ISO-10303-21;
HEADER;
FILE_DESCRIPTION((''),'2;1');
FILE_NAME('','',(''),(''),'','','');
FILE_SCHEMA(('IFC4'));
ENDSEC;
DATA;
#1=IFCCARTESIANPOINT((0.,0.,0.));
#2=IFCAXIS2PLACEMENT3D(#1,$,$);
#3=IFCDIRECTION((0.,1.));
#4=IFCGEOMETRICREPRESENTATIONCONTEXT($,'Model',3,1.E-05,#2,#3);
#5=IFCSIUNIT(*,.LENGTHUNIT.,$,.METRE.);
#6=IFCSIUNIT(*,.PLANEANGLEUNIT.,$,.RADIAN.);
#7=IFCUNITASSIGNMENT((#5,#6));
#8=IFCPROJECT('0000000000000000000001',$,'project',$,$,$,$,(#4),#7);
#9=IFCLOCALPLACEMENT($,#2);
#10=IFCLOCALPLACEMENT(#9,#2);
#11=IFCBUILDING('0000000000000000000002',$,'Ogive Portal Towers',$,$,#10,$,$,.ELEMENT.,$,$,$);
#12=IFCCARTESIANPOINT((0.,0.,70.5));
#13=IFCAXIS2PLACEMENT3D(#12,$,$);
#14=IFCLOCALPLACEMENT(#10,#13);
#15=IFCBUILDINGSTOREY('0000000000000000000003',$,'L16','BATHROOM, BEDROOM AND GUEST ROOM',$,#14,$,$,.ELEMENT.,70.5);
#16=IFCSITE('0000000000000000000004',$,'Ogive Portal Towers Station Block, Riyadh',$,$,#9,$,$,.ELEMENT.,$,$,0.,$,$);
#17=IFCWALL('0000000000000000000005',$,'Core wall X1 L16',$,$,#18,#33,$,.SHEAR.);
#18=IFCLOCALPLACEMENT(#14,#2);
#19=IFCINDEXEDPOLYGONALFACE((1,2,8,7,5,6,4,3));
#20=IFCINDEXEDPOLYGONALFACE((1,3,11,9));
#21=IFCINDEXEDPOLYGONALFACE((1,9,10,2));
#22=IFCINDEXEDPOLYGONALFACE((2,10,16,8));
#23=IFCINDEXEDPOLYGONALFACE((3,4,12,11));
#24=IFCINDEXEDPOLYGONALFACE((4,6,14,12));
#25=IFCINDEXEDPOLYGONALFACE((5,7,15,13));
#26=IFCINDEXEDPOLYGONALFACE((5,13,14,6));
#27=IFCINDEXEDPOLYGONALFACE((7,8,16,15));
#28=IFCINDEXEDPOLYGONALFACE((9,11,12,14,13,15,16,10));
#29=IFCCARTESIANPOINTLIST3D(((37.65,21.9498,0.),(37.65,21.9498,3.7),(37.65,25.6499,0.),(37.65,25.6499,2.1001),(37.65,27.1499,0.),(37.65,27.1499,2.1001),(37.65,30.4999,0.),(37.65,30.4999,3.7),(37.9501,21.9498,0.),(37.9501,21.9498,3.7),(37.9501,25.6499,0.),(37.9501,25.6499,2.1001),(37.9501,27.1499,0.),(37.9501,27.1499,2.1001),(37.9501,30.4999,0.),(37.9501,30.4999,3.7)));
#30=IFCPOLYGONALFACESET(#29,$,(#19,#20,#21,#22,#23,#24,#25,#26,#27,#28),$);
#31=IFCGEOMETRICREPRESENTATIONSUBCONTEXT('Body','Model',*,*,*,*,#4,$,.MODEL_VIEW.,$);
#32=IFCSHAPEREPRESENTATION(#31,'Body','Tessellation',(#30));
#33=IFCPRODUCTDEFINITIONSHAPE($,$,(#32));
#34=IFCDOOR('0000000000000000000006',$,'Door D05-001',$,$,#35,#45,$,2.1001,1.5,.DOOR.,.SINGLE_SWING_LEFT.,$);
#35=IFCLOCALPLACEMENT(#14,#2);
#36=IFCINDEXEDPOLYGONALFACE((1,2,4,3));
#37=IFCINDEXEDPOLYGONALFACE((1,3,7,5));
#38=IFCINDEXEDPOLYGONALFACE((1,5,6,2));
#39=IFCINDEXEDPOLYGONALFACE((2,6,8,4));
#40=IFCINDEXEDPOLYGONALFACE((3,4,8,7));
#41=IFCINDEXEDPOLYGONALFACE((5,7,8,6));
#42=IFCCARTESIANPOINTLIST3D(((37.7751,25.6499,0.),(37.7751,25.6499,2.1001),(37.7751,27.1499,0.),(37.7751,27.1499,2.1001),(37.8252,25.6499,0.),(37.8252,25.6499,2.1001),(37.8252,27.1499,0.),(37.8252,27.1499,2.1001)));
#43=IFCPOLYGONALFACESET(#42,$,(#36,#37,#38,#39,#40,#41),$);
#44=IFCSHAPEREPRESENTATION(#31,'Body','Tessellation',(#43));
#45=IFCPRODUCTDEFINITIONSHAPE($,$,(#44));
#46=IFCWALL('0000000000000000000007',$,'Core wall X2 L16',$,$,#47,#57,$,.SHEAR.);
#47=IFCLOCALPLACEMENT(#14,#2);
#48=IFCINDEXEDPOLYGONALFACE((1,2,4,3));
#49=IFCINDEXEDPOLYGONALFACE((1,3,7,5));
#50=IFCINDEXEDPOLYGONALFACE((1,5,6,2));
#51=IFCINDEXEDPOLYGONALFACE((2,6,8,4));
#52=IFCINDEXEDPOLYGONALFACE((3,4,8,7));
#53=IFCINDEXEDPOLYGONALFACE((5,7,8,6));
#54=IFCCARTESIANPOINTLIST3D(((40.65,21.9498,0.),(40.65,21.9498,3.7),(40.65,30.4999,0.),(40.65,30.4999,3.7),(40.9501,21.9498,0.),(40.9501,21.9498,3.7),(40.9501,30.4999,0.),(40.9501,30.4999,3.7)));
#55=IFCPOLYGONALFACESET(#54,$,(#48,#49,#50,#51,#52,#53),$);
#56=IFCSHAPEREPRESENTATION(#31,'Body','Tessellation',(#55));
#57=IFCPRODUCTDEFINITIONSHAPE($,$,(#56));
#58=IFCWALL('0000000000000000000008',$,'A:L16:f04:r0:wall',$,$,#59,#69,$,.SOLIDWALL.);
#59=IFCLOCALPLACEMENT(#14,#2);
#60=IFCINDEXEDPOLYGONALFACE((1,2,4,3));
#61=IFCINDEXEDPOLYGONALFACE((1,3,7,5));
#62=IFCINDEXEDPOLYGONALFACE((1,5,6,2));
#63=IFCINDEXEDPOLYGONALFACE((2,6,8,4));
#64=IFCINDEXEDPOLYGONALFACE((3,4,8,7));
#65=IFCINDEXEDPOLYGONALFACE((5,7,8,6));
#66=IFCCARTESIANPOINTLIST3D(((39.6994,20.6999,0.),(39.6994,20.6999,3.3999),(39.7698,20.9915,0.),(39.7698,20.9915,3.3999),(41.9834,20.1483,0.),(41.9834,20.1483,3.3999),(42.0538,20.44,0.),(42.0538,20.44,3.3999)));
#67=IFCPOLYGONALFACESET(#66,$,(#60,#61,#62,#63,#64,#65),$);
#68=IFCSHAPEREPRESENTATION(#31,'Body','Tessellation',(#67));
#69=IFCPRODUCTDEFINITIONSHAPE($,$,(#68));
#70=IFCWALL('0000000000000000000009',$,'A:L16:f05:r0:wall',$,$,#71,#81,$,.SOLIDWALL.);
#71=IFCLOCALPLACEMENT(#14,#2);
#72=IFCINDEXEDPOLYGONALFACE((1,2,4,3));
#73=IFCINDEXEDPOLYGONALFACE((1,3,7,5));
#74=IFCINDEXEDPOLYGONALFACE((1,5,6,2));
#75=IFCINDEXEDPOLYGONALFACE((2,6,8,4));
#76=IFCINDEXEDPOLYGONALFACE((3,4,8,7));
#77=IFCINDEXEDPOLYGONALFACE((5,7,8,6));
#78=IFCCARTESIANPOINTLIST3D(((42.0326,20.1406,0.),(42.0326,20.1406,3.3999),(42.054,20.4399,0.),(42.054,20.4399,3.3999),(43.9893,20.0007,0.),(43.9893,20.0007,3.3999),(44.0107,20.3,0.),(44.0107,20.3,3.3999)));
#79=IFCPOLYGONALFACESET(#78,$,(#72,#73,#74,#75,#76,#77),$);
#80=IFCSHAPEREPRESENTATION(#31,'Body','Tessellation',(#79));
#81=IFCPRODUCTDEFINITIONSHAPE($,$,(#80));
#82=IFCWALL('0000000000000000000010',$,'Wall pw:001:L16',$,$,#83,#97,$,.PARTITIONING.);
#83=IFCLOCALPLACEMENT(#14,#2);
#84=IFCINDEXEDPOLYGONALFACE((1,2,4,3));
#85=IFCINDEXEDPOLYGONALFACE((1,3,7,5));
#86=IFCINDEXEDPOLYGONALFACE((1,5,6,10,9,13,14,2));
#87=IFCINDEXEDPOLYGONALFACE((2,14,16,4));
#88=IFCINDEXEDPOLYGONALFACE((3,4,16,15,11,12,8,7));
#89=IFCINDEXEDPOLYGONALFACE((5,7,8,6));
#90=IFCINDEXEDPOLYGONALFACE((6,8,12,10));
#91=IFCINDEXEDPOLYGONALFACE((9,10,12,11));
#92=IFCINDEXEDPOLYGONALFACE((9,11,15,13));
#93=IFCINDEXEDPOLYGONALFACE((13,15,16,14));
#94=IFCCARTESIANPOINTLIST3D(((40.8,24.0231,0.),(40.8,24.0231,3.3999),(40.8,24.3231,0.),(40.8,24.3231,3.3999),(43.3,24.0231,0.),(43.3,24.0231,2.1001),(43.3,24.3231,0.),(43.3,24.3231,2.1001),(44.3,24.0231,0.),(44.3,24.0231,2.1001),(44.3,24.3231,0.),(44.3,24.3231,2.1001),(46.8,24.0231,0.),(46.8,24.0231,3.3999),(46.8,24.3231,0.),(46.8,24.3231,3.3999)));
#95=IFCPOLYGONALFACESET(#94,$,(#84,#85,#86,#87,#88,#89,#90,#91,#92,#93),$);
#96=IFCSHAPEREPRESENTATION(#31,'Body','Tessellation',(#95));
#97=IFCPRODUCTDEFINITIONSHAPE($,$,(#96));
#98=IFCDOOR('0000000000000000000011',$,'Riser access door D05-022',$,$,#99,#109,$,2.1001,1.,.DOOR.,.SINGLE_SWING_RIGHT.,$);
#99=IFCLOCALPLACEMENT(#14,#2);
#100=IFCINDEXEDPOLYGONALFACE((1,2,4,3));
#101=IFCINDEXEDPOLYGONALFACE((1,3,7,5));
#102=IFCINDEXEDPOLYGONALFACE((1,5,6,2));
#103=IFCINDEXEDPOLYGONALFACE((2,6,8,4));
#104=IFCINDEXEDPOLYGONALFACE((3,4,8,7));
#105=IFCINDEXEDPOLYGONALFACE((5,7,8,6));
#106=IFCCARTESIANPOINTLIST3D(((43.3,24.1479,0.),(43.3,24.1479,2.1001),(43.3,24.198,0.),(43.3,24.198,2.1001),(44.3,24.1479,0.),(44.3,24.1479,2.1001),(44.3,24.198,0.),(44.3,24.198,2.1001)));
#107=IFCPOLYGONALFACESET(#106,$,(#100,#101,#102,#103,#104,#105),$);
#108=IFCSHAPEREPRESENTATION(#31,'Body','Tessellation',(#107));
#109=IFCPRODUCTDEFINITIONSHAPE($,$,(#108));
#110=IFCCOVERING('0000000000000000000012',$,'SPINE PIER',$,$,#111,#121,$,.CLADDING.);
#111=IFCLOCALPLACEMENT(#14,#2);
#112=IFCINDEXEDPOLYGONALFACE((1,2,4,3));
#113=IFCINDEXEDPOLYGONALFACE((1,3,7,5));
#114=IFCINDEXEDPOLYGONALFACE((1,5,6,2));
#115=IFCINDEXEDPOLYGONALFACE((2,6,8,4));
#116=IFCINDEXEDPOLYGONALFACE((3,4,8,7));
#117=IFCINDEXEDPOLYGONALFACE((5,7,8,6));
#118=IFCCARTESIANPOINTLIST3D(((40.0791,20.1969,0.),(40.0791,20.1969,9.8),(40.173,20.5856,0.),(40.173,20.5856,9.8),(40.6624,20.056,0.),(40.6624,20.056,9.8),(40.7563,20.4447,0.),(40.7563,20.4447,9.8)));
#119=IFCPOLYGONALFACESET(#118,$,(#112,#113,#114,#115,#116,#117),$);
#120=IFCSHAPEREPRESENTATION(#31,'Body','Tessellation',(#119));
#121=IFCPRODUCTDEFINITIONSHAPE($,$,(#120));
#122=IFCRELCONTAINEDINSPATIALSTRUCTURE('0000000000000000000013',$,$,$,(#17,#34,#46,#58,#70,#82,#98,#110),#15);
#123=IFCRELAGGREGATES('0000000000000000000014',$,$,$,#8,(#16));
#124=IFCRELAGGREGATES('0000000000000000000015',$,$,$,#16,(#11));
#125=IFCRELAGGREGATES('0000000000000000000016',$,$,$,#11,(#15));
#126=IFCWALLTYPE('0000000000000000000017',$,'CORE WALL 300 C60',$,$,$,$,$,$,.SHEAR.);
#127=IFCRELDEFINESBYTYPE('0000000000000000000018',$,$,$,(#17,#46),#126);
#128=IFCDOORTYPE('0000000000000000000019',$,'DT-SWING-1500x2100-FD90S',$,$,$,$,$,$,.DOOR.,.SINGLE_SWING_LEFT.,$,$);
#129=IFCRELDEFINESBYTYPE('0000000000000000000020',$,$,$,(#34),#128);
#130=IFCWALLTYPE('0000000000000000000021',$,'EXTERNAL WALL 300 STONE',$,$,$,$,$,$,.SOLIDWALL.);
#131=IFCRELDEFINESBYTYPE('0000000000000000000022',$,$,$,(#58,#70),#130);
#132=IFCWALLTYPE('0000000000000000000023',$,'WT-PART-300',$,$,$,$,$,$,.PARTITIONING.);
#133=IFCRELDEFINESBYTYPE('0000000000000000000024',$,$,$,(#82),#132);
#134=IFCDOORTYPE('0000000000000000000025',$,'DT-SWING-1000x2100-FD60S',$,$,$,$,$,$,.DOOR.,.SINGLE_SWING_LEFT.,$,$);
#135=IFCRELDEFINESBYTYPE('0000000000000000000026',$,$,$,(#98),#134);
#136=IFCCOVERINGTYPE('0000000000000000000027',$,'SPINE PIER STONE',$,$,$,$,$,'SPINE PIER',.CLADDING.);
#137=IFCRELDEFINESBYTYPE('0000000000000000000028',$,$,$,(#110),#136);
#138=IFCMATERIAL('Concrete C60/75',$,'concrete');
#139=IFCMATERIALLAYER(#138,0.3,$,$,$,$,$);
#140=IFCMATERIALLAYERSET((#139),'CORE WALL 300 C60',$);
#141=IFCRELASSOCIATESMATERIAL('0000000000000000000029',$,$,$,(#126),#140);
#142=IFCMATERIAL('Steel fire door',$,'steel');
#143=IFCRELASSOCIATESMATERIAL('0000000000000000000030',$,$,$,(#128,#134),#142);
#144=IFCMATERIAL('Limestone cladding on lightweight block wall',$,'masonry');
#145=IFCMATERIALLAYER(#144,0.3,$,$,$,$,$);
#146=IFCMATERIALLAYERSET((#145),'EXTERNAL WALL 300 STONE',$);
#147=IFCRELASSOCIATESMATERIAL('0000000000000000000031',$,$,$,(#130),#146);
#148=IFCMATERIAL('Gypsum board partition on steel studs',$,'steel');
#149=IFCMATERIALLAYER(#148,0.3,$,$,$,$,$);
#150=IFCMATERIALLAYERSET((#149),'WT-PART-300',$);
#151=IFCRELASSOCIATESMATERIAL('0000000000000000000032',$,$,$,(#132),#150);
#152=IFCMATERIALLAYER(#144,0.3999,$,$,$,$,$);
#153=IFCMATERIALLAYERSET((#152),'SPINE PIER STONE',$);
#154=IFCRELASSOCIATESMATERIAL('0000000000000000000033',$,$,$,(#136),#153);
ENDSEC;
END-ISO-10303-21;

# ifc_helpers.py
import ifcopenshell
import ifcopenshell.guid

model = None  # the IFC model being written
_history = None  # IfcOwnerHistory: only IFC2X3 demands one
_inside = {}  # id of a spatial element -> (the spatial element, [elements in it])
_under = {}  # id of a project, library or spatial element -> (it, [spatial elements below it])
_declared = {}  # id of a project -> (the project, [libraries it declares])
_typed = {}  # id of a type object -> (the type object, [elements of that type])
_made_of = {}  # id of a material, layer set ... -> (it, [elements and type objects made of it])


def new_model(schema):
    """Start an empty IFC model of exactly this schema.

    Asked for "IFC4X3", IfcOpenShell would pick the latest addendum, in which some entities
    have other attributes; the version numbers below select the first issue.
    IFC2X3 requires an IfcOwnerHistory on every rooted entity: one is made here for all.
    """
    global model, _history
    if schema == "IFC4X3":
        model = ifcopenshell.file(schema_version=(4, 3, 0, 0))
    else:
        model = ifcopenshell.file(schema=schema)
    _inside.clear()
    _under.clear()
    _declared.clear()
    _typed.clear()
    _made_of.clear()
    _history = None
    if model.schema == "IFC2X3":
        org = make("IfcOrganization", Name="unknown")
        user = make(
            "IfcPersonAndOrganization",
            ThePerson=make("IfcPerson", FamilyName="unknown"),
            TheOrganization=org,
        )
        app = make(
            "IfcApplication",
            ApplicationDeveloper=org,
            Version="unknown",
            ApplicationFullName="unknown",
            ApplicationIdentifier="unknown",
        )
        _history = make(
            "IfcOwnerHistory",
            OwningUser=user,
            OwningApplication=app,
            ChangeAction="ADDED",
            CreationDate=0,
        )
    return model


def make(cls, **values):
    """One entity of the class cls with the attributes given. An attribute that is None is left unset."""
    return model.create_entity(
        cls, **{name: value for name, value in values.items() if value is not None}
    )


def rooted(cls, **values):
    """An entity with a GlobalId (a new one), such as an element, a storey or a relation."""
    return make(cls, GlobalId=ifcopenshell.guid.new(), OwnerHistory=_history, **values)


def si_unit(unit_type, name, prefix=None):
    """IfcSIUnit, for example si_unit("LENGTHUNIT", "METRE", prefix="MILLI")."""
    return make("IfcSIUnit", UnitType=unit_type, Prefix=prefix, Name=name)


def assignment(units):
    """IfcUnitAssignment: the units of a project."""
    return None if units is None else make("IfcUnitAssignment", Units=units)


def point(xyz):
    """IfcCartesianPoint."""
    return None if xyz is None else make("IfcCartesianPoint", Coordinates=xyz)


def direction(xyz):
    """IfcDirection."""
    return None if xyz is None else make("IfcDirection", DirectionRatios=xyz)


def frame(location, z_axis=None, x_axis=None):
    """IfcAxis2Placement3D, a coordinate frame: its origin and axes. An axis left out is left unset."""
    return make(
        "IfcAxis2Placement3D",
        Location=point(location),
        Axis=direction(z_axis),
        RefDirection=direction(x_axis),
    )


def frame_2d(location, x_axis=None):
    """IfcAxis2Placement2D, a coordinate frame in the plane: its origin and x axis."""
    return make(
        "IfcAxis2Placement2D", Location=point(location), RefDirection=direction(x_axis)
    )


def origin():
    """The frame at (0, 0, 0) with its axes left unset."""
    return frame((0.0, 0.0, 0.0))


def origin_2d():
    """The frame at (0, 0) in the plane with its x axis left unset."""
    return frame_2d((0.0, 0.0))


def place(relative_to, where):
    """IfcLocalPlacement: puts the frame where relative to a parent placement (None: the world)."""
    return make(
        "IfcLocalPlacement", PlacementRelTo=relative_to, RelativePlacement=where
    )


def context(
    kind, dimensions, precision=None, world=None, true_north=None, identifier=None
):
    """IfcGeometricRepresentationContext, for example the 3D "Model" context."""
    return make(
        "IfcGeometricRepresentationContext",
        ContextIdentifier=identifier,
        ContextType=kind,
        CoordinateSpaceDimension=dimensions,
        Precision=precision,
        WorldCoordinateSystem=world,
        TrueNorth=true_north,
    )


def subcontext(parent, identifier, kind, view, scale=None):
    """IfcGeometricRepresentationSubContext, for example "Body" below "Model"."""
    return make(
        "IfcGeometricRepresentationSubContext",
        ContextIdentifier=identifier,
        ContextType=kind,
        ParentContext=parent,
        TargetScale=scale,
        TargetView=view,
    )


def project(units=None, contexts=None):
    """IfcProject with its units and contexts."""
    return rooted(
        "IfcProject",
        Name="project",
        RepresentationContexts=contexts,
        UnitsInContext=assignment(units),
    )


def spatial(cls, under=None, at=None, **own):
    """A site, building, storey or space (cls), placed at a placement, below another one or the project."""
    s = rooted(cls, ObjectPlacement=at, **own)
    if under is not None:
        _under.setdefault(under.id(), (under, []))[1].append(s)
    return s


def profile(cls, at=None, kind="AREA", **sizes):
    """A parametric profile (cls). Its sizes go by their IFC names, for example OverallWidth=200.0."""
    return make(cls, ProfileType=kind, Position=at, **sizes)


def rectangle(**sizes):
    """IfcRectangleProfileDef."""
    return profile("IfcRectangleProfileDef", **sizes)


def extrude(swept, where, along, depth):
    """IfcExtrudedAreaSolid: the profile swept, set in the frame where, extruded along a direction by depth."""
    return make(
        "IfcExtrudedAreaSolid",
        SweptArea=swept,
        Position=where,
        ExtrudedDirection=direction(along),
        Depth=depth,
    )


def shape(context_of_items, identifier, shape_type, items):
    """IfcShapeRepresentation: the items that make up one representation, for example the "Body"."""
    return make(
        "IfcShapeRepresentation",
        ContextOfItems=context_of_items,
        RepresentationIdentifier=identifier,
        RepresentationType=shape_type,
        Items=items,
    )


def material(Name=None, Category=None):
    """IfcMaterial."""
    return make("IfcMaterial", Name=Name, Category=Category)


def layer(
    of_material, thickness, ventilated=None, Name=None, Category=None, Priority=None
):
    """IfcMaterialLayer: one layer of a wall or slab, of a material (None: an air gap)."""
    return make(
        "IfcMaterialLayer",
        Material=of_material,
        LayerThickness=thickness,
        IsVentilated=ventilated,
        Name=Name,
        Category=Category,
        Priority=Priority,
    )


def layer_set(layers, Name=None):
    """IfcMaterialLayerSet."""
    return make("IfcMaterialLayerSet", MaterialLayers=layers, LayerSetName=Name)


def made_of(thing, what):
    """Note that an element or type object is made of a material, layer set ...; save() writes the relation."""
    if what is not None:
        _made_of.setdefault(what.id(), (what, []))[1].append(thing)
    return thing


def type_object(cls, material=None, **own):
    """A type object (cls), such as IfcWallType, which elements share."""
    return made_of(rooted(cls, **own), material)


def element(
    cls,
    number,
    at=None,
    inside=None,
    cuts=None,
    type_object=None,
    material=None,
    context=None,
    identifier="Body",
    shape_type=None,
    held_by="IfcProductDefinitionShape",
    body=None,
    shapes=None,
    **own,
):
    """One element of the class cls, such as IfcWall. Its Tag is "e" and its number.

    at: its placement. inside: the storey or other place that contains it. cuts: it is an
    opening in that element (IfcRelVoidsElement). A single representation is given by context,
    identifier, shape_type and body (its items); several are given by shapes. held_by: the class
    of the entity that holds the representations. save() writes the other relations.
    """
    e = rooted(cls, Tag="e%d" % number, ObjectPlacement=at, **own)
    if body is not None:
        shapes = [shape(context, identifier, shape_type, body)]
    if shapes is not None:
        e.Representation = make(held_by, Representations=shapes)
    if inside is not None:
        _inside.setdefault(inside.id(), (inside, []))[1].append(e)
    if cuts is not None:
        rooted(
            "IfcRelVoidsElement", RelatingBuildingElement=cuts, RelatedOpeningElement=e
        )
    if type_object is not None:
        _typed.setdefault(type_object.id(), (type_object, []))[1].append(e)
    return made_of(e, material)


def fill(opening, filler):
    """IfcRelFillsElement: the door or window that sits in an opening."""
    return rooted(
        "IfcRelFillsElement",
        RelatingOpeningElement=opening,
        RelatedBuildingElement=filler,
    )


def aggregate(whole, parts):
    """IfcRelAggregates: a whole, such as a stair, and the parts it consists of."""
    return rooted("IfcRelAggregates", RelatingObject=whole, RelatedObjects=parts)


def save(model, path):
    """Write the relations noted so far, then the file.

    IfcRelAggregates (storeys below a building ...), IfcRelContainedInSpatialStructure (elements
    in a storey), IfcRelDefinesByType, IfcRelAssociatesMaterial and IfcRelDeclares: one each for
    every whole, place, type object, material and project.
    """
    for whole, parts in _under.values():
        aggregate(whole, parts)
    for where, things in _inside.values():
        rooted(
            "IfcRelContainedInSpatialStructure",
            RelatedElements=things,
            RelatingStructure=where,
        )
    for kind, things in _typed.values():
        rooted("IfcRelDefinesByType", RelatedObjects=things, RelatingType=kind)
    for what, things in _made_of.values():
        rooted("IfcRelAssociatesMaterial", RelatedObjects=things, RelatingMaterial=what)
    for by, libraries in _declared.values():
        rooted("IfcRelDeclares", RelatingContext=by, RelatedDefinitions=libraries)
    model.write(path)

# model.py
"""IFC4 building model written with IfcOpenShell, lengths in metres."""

from ifc_helpers import new_model, si_unit, direction, frame, frame_2d, origin, origin_2d, place, context, subcontext, project, spatial, rectangle, extrude, material, layer, layer_set, type_object, element, fill, save


model = new_model("IFC4")

# Units and contexts
model_context = context("Model", 3, precision=1e-05, world=origin(), true_north=direction((0.0, 1.0)))
body_context = subcontext(model_context, "Body", "Model", "MODEL_VIEW")
ifc_project = project(units=[si_unit("LENGTHUNIT", "METRE"), si_unit("PLANEANGLEUNIT", "RADIAN")], contexts=[model_context])

# Site, building, storey
site_placement = place(None, origin())
site = spatial("IfcSite", under=ifc_project, at=site_placement, Name="Ogive Portal Towers Station Block, Riyadh", CompositionType="ELEMENT", RefElevation=0.0)
building_placement = place(site_placement, origin())
building = spatial("IfcBuilding", under=site, at=building_placement, Name="Ogive Portal Towers", CompositionType="ELEMENT")
storey_placement = place(building_placement, frame((0.0, 0.0, 70.5)))
storey = spatial("IfcBuildingStorey", under=building, at=storey_placement, Name="L16", Description="BATHROOM, BEDROOM AND GUEST ROOM", CompositionType="ELEMENT", Elevation=70.5)

# Wall, opening, door
ifc_material_1 = material(Name="Concrete C60/75", Category="concrete")
ifc_layer_1 = layer(ifc_material_1, 0.3)
ifc_layer_set_1 = layer_set([ifc_layer_1], Name="CORE WALL 300 C60")
wall_type_1 = type_object("IfcWallType", Name="CORE WALL 300 C60", PredefinedType="SHEAR", material=ifc_layer_set_1)
wall_1_placement = place(storey_placement, frame((37.8, 21.95, 0.0), z_axis=(0.0, 0.0, 1.0), x_axis=(0.0, 1.0, 0.0)))
wall_1 = element("IfcWall", 1, at=wall_1_placement, inside=storey, type_object=wall_type_1, Name="Core wall X1 L16", PredefinedType="SHEAR", context=body_context, shape_type="SweptSolid", body=[
    extrude(rectangle(XDim=8.55, YDim=0.3, at=frame_2d((4.2749, 0.0))), origin(), (0.0, 0.0, 1.0), 3.7),
])
opening_1_placement = place(wall_1_placement, frame((3.7, 0.0, 0.0)))
opening_1 = element("IfcOpeningElement", 2, at=opening_1_placement, cuts=wall_1, PredefinedType="OPENING", context=body_context, shape_type="SweptSolid", body=[
    extrude(rectangle(XDim=1.5, YDim=2.1001, at=frame_2d((0.75, 1.05))), frame((0.0, 0.1602, 0.0), z_axis=(0.0, -1.0, 0.0), x_axis=(1.0, 0.0, 0.0)), (0.0, 0.0, 1.0), 0.3201),
])
ifc_material_2 = material(Name="Steel fire door", Category="steel")
door_type_1 = type_object("IfcDoorType", Name="DT-SWING-1500x2100-FD90S", OperationType="SINGLE_SWING_LEFT", PredefinedType="DOOR", material=ifc_material_2)
door_1_placement = place(opening_1_placement, origin())
door_1 = element("IfcDoor", 3, at=door_1_placement, inside=storey, type_object=door_type_1, Name="Door D05-001", OperationType="SINGLE_SWING_LEFT", OverallHeight=2.1001, OverallWidth=1.5, PredefinedType="DOOR", context=body_context, shape_type="SweptSolid", body=[
    extrude(rectangle(XDim=1.5, YDim=2.1001, at=frame_2d((0.75, 1.05))), frame((0.0, 0.0249, 0.0), z_axis=(0.0, -1.0, 0.0), x_axis=(1.0, 0.0, 0.0)), (0.0, 0.0, 1.0), 0.05),
])
fill(opening_1, door_1)

# Walls
wall_2_placement = place(storey_placement, frame((40.8, 21.95, 0.0), z_axis=(0.0, 0.0, 1.0), x_axis=(0.0, 1.0, 0.0)))
element("IfcWall", 4, at=wall_2_placement, inside=storey, type_object=wall_type_1, Name="Core wall X2 L16", PredefinedType="SHEAR", context=body_context, shape_type="SweptSolid", body=[
    extrude(rectangle(XDim=8.55, YDim=0.3, at=frame_2d((4.2749, 0.0))), origin(), (0.0, 0.0, 1.0), 3.7),
])
ifc_material_3 = material(Name="Limestone cladding on lightweight block wall", Category="masonry")
ifc_layer_2 = layer(ifc_material_3, 0.3)
ifc_layer_set_2 = layer_set([ifc_layer_2], Name="EXTERNAL WALL 300 STONE")
wall_type_2 = type_object("IfcWallType", Name="EXTERNAL WALL 300 STONE", PredefinedType="SOLIDWALL", material=ifc_layer_set_2)
wall_3_placement = place(storey_placement, frame((39.7346, 20.8457, 0.0), z_axis=(0.0, 0.0, 1.0), x_axis=(0.972061, -0.234729, 0.0)))
element("IfcWall", 5, at=wall_3_placement, inside=storey, type_object=wall_type_2, Name="A:L16:f04:r0:wall", PredefinedType="SOLIDWALL", context=body_context, shape_type="SweptSolid", body=[
    extrude(rectangle(XDim=2.3496, YDim=0.3, at=frame_2d((1.1748, 0.0))), origin(), (0.0, 0.0, 1.0), 3.3999),
])
wall_4_placement = place(storey_placement, frame((42.0432, 20.2903, 0.0), z_axis=(0.0, 0.0, 1.0), x_axis=(0.997454, -0.071309, 0.0)))
element("IfcWall", 6, at=wall_4_placement, inside=storey, type_object=wall_type_2, Name="A:L16:f05:r0:wall", PredefinedType="SOLIDWALL", context=body_context, shape_type="SweptSolid", body=[
    extrude(rectangle(XDim=1.9617, YDim=0.3, at=frame_2d((0.981, 0.0))), origin(), (0.0, 0.0, 1.0), 3.3999),
])

# Wall, opening, door
ifc_material_4 = material(Name="Gypsum board partition on steel studs", Category="steel")
ifc_layer_3 = layer(ifc_material_4, 0.3)
ifc_layer_set_3 = layer_set([ifc_layer_3], Name="WT-PART-300")
wall_type_3 = type_object("IfcWallType", Name="WT-PART-300", PredefinedType="PARTITIONING", material=ifc_layer_set_3)
wall_5_placement = place(storey_placement, frame((40.8, 24.1731, 0.0), z_axis=(0.0, 0.0, 1.0), x_axis=(1.0, 0.0, 0.0)))
wall_5 = element("IfcWall", 7, at=wall_5_placement, inside=storey, type_object=wall_type_3, Name="Wall pw:001:L16", PredefinedType="PARTITIONING", context=body_context, shape_type="SweptSolid", body=[
    extrude(rectangle(XDim=6.0, YDim=0.3, at=frame_2d((3.0, 0.0))), origin(), (0.0, 0.0, 1.0), 3.3999),
])
opening_2_placement = place(wall_5_placement, frame((2.5, 0.0, 0.0)))
opening_2 = element("IfcOpeningElement", 8, at=opening_2_placement, cuts=wall_5, PredefinedType="OPENING", context=body_context, shape_type="SweptSolid", body=[
    extrude(rectangle(XDim=1.0, YDim=2.1001, at=frame_2d((0.5, 1.05))), frame((0.0, 0.1602, 0.0), z_axis=(0.0, -1.0, 0.0), x_axis=(1.0, 0.0, 0.0)), (0.0, 0.0, 1.0), 0.3201),
])
door_type_2 = type_object("IfcDoorType", Name="DT-SWING-1000x2100-FD60S", OperationType="SINGLE_SWING_LEFT", PredefinedType="DOOR", material=ifc_material_2)
door_2_placement = place(opening_2_placement, origin())
door_2 = element("IfcDoor", 9, at=door_2_placement, inside=storey, type_object=door_type_2, Name="Riser access door D05-022", OperationType="SINGLE_SWING_RIGHT", OverallHeight=2.1001, OverallWidth=1.0, PredefinedType="DOOR", context=body_context, shape_type="SweptSolid", body=[
    extrude(rectangle(XDim=1.0, YDim=2.1001, at=frame_2d((0.5, 1.05))), frame((0.0, 0.0249, 0.0), z_axis=(0.0, -1.0, 0.0), x_axis=(1.0, 0.0, 0.0)), (0.0, 0.0, 1.0), 0.05),
])
fill(opening_2, door_2)

# Covering
ifc_layer_4 = layer(ifc_material_3, 0.3999)
ifc_layer_set_4 = layer_set([ifc_layer_4], Name="SPINE PIER STONE")
covering_type = type_object("IfcCoveringType", Name="SPINE PIER STONE", ElementType="SPINE PIER", PredefinedType="CLADDING", material=ifc_layer_set_4)
covering_placement = place(storey_placement, frame((40.4177, 20.3208, 0.0), z_axis=(0.0, 0.0, 1.0), x_axis=(0.972048, -0.234782, 0.0)))
element("IfcCovering", 10, at=covering_placement, inside=storey, type_object=covering_type, Name="SPINE PIER", PredefinedType="CLADDING", context=body_context, shape_type="SweptSolid", body=[
    extrude(rectangle(XDim=0.6001, YDim=0.3999, at=origin_2d()), origin(), (0.0, 0.0, 1.0), 9.8),
])

save(model, "model.ifc")
